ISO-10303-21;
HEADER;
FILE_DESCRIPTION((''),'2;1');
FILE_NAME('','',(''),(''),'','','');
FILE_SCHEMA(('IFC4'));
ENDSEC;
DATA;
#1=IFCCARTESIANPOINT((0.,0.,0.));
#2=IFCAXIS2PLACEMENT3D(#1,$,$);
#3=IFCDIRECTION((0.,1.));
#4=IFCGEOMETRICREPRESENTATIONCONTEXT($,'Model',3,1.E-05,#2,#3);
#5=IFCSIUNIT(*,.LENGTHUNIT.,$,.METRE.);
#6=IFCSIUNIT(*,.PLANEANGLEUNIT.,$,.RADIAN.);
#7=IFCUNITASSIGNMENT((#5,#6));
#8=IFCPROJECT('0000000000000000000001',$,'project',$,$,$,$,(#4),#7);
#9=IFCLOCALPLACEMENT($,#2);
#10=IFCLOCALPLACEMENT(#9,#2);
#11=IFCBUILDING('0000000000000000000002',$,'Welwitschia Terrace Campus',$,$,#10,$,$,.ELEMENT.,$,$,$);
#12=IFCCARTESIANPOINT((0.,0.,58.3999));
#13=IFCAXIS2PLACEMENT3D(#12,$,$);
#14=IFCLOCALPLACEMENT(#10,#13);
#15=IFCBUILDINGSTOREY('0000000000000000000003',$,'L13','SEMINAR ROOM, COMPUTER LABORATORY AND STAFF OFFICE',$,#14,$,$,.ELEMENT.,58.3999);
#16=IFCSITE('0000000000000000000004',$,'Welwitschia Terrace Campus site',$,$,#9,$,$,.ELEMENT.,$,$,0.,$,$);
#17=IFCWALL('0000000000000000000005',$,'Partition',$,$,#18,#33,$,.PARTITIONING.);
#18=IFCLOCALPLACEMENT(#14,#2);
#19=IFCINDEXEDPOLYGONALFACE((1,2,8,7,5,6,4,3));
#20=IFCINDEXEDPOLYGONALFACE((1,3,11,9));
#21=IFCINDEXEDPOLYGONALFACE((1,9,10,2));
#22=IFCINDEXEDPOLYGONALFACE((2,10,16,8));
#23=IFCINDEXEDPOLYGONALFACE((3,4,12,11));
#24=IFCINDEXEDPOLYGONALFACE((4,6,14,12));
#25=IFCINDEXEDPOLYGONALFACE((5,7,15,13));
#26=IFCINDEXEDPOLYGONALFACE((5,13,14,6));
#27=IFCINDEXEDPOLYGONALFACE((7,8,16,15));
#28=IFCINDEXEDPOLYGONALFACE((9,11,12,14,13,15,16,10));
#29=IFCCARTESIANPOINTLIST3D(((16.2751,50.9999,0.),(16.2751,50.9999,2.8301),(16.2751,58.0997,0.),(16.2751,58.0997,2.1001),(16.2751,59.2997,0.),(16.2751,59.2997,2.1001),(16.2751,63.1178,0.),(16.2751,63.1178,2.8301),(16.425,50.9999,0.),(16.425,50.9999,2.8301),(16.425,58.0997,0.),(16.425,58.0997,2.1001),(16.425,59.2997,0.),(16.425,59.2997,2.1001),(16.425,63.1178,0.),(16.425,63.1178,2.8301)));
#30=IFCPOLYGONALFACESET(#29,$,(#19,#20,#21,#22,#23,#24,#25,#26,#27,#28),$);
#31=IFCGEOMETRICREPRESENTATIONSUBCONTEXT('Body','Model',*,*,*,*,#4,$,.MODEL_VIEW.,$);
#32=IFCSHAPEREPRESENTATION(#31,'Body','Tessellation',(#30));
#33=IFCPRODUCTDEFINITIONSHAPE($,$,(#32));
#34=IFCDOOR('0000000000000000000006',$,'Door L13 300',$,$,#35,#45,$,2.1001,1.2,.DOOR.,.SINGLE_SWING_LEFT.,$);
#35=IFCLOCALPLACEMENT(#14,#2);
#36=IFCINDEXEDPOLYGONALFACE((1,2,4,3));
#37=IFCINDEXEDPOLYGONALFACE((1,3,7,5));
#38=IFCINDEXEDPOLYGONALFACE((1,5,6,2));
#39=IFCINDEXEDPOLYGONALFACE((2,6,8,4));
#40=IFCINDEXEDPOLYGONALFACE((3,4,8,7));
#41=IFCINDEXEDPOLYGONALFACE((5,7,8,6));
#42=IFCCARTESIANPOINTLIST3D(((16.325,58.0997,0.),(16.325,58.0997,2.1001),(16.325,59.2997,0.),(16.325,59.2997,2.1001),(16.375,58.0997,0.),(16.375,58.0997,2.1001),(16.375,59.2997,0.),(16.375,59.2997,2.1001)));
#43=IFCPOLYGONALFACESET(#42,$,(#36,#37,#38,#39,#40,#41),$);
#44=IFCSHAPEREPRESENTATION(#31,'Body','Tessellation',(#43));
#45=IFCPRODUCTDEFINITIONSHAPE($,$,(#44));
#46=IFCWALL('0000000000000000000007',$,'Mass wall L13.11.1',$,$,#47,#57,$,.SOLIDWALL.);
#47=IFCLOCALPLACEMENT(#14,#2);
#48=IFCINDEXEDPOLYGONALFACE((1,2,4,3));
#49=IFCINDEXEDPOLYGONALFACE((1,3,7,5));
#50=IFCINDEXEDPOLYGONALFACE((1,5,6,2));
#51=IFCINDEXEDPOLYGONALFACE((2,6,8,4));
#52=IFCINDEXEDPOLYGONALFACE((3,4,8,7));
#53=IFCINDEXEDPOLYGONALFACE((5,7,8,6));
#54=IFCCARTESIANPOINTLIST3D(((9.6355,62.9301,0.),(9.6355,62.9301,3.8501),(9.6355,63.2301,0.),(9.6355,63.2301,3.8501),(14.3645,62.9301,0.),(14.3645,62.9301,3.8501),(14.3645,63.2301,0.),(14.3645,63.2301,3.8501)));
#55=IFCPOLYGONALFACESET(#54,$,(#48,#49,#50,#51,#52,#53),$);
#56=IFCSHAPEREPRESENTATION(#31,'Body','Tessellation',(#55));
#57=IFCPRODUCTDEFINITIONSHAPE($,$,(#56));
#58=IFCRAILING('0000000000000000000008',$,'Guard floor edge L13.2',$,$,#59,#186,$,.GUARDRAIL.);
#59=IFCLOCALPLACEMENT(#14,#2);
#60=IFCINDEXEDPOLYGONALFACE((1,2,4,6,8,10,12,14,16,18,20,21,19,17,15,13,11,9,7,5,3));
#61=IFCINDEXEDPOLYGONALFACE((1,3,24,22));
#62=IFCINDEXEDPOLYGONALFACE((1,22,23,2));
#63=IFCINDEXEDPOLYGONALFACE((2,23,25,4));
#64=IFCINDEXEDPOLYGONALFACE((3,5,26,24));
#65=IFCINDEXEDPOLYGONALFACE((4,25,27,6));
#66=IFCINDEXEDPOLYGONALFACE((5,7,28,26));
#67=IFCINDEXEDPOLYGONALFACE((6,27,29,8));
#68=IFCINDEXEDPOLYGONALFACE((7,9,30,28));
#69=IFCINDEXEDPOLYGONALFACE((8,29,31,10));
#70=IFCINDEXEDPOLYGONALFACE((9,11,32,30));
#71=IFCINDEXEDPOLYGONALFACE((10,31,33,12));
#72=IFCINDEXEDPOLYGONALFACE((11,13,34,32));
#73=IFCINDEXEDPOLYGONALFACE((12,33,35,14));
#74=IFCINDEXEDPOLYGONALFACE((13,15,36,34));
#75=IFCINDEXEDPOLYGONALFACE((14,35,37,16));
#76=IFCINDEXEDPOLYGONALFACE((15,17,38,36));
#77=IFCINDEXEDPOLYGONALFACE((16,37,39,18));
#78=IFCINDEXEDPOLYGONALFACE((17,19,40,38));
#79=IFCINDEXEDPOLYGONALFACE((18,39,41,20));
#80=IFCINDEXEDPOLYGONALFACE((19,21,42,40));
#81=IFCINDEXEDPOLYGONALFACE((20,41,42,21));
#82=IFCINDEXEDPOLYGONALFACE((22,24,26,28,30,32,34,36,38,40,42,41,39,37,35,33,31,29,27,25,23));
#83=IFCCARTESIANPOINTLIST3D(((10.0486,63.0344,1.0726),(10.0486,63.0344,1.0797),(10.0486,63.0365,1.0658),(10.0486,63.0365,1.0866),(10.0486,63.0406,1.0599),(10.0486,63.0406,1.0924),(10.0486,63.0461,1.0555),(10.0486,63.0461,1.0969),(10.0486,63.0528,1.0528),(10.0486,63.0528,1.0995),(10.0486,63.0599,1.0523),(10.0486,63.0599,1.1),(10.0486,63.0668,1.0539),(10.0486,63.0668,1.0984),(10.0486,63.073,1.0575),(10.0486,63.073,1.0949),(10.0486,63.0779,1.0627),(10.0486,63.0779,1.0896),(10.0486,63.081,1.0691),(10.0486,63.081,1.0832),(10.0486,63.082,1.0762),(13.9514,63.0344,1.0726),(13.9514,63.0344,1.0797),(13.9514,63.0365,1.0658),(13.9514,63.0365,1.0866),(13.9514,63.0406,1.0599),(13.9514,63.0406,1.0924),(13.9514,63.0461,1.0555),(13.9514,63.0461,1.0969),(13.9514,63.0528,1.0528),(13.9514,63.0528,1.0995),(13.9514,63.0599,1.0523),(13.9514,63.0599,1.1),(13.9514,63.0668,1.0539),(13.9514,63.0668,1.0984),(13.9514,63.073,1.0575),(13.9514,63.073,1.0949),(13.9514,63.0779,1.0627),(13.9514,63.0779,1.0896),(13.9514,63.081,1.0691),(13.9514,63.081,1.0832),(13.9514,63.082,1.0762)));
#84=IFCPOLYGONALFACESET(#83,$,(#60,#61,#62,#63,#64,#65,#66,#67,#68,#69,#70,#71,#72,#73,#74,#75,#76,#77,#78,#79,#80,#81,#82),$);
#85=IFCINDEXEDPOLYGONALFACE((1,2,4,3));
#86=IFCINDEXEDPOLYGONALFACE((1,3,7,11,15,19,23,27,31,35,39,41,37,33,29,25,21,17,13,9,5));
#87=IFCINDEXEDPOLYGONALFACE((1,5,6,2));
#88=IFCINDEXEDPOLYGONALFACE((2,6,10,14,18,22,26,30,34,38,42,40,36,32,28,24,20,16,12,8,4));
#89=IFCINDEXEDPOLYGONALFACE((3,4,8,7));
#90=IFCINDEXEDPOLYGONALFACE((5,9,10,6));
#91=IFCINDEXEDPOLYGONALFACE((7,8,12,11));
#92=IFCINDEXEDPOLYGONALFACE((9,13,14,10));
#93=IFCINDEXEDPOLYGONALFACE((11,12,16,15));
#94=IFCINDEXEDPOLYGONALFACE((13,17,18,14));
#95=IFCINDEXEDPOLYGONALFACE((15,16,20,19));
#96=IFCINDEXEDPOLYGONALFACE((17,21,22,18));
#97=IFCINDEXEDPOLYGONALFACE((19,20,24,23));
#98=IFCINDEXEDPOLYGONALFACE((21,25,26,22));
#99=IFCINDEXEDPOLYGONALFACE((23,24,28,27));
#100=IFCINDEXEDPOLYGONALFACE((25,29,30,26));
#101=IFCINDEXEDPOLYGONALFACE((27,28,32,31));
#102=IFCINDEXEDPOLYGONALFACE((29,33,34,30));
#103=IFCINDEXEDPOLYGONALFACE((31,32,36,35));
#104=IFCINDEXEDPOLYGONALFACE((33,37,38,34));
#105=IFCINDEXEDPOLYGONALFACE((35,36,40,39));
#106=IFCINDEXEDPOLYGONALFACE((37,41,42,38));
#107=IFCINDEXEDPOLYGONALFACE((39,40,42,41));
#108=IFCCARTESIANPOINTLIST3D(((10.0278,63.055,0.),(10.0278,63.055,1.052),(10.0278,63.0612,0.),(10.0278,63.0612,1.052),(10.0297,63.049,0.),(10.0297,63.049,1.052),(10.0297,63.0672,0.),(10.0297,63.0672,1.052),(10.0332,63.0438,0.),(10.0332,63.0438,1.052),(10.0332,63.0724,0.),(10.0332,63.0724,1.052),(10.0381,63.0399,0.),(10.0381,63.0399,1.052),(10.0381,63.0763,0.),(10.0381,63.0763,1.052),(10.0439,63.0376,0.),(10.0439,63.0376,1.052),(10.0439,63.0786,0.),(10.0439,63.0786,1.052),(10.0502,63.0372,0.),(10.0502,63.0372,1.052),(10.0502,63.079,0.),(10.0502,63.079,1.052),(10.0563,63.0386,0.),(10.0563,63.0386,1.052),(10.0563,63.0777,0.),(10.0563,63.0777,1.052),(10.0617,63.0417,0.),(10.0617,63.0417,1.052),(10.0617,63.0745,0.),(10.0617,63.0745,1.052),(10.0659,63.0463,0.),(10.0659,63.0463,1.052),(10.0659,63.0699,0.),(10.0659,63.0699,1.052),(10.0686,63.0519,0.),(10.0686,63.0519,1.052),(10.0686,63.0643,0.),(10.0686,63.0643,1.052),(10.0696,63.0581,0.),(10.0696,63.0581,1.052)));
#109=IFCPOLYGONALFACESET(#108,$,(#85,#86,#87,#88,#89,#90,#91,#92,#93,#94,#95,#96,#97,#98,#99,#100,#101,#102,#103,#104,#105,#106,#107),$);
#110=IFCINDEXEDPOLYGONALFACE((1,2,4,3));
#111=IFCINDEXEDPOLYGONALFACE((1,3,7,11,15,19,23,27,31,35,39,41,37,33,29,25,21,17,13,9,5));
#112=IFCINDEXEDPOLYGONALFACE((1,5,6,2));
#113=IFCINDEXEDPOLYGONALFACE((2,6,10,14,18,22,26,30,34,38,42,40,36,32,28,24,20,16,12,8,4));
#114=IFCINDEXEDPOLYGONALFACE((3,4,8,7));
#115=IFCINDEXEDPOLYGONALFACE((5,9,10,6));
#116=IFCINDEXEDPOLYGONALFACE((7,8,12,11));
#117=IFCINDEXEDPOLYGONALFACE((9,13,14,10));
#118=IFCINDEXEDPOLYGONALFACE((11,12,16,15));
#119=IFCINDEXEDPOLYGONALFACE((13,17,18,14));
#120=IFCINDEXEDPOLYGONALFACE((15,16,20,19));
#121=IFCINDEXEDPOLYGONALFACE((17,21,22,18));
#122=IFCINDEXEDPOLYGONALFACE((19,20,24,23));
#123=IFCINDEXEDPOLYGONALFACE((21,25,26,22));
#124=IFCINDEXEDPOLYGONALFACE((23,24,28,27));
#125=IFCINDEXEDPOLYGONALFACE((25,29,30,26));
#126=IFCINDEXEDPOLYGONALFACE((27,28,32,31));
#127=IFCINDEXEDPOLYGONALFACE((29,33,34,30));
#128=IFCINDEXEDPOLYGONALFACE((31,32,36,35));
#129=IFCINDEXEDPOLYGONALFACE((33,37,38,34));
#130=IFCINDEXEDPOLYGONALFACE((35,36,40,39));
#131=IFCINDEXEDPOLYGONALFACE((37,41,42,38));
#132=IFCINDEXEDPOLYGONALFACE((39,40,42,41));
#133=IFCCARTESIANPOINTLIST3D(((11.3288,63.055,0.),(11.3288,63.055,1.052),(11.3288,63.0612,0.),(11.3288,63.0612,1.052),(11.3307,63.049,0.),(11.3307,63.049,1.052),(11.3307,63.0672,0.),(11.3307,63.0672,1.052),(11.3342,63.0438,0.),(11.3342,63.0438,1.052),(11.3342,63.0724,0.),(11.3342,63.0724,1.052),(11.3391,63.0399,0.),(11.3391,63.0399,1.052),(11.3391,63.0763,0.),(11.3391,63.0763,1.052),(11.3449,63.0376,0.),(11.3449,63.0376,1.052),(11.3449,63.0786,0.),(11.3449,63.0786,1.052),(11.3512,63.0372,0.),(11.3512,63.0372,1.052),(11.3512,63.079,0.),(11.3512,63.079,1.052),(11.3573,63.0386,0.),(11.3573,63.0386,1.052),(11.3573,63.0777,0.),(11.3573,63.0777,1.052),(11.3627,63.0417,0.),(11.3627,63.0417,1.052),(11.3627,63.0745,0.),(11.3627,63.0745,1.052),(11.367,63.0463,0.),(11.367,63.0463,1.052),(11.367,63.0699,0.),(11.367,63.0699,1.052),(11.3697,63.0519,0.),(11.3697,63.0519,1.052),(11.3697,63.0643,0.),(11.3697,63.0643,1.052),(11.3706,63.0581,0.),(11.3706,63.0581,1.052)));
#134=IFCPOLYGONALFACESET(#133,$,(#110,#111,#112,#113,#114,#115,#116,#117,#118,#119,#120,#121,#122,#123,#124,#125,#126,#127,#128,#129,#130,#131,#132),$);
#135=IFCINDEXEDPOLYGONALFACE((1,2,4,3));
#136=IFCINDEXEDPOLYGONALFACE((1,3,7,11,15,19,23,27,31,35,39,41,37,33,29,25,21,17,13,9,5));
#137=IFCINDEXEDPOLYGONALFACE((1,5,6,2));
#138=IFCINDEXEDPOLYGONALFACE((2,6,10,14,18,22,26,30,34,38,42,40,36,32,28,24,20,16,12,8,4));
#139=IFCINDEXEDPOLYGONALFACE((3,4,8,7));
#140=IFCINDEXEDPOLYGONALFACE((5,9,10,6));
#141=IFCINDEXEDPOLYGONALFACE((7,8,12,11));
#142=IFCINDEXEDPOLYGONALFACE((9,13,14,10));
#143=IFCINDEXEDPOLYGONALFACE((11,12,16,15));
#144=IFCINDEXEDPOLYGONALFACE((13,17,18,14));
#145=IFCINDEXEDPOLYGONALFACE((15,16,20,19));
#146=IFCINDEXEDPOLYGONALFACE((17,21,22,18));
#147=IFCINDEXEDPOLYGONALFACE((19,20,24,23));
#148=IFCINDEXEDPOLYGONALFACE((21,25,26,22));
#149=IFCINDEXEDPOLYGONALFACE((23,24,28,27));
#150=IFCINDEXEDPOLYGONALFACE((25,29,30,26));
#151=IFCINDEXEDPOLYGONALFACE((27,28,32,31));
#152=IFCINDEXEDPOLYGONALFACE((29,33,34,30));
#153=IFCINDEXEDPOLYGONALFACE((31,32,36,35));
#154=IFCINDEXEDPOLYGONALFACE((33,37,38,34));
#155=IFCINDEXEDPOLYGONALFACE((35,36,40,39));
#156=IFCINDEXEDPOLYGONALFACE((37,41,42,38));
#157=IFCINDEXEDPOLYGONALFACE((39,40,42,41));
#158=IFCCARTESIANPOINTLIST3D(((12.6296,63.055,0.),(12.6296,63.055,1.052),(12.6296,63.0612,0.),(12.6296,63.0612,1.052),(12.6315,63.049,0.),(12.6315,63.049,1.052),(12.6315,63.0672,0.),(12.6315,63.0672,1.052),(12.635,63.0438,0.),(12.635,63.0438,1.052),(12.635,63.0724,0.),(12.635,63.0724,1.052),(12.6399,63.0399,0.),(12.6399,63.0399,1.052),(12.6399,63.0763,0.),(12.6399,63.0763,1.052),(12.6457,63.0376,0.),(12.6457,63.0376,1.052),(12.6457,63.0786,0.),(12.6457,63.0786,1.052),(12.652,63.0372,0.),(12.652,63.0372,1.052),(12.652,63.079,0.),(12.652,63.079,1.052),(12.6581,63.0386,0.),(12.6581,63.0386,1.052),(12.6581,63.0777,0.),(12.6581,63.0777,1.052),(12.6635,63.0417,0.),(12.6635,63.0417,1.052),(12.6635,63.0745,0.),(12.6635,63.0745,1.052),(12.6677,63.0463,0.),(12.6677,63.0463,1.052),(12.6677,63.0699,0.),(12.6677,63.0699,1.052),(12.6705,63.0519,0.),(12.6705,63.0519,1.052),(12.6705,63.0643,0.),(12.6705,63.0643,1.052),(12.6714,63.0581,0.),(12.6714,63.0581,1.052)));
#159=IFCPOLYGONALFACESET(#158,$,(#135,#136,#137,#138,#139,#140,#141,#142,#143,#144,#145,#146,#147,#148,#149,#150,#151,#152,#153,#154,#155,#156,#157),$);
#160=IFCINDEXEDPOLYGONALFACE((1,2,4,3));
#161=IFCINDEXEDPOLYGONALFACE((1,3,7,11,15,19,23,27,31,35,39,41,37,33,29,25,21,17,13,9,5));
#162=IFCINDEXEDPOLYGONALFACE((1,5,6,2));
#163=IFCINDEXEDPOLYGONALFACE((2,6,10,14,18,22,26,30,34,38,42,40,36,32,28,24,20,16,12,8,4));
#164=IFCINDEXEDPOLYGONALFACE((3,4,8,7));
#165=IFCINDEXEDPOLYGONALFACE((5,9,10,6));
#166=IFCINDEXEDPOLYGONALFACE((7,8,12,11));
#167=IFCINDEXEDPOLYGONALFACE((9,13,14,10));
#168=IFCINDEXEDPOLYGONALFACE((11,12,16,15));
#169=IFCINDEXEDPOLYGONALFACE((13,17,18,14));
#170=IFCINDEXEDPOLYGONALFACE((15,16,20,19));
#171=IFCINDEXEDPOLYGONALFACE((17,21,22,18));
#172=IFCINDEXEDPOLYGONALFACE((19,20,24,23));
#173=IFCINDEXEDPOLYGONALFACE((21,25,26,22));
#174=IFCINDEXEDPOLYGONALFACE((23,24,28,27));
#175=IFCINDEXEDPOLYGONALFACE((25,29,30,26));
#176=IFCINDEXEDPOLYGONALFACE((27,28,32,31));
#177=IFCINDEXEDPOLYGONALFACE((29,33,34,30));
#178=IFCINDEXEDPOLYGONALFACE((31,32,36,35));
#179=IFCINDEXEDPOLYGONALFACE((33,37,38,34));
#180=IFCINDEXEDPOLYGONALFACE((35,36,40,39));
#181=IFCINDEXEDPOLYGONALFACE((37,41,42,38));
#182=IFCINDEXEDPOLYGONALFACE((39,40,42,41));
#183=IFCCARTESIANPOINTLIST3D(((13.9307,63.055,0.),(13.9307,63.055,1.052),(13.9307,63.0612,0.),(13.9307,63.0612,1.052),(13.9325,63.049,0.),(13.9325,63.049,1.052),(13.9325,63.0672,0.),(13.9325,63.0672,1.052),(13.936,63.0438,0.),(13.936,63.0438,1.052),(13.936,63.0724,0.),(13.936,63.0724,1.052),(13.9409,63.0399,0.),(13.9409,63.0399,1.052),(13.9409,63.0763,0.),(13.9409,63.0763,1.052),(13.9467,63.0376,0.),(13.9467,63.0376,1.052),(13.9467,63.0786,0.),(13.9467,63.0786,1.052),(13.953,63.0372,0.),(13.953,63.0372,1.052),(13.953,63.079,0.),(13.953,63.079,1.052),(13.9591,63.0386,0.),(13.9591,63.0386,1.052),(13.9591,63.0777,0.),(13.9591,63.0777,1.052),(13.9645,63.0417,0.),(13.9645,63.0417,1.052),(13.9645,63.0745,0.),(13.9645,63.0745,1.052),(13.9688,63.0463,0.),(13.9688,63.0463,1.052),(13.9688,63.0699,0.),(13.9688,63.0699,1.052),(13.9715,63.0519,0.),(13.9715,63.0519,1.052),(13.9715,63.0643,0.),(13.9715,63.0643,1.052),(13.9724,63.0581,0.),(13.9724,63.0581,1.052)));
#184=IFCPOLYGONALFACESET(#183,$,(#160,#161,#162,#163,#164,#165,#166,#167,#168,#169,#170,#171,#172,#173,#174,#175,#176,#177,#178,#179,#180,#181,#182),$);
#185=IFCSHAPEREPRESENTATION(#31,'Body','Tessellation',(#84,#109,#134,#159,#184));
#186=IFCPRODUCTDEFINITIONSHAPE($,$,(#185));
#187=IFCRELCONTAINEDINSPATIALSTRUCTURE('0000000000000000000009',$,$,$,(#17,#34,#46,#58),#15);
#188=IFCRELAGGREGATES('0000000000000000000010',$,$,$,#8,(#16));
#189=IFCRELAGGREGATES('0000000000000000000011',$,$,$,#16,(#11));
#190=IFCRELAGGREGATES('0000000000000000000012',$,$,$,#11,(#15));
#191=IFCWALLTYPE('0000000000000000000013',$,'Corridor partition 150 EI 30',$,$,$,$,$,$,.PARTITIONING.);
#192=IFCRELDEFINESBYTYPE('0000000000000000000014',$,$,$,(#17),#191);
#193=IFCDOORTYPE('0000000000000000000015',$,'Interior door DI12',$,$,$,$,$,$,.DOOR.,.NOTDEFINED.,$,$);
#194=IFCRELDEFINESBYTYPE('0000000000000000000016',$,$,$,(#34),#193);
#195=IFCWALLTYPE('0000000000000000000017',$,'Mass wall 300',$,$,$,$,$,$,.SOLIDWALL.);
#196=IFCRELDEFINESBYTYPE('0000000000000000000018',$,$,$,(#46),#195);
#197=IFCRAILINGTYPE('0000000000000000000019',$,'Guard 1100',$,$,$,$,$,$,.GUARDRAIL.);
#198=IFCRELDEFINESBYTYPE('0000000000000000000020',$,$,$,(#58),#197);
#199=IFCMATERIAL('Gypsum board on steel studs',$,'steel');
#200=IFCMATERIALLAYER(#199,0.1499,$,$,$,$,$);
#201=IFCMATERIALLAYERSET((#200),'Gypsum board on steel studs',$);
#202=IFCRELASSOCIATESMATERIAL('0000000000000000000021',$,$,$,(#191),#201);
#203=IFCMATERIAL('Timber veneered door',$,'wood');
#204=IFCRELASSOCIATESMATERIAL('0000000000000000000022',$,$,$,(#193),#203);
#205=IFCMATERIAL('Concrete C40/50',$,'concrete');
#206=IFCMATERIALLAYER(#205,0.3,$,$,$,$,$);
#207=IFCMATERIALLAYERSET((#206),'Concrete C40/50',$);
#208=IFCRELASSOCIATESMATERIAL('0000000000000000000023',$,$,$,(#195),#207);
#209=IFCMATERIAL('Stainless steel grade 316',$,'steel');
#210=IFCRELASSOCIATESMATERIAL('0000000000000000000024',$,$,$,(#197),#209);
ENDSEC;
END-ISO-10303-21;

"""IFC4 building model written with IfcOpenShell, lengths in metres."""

from ifc_helpers import new_model, si_unit, direction, frame, frame_2d, origin, origin_2d, place, context, subcontext, project, spatial, rectangle, circle, extrude, material, layer, layer_set, type_object, element, fill, save


model = new_model("IFC4")

# Units and contexts
model_context = context("Model", 3, precision=1e-05, world=origin(), true_north=direction((0.0, 1.0)))
body_context = subcontext(model_context, "Body", "Model", "MODEL_VIEW")
ifc_project = project(units=[si_unit("LENGTHUNIT", "METRE"), si_unit("PLANEANGLEUNIT", "RADIAN")], contexts=[model_context])

# Site, building, storey
site_placement = place(None, origin())
site = spatial("IfcSite", under=ifc_project, at=site_placement, Name="Welwitschia Terrace Campus site", CompositionType="ELEMENT", RefElevation=0.0)
building_placement = place(site_placement, origin())
building = spatial("IfcBuilding", under=site, at=building_placement, Name="Welwitschia Terrace Campus", CompositionType="ELEMENT")
storey_placement = place(building_placement, frame((0.0, 0.0, 58.3999)))
storey = spatial("IfcBuildingStorey", under=building, at=storey_placement, Name="L13", Description="SEMINAR ROOM, COMPUTER LABORATORY AND STAFF OFFICE", CompositionType="ELEMENT", Elevation=58.3999)

# Shared definitions
ifc_material_1 = material(Name="Gypsum board on steel studs", Category="steel")
ifc_layer_1 = layer(ifc_material_1, 0.1499)
ifc_layer_set_1 = layer_set([ifc_layer_1], Name="Gypsum board on steel studs")
wall_type_1 = type_object("IfcWallType", Name="Corridor partition 150 EI 30", PredefinedType="PARTITIONING", material=ifc_layer_set_1)
ifc_material_2 = material(Name="Timber veneered door", Category="wood")
door_type_1 = type_object("IfcDoorType", Name="Interior door DI12", OperationType="NOTDEFINED", PredefinedType="DOOR", material=ifc_material_2)

# Wall, opening, door
wall_1_placement = place(storey_placement, frame((16.3501, 63.1179, 0.0), z_axis=(0.0, 0.0, 1.0), x_axis=(0.0, -1.0, 0.0)))
wall_1 = element("IfcWall", 1, at=wall_1_placement, inside=storey, type_object=wall_type_1, Name="Partition", PredefinedType="PARTITIONING", context=body_context, shape_type="SweptSolid", body=[
    extrude(rectangle(XDim=12.1179, YDim=0.1499, at=frame_2d((6.0591, 0.0))), origin(), (0.0, 0.0, 1.0), 2.8301),
])
opening_1_placement = place(wall_1_placement, frame((3.8181, 0.0, 0.0)))
opening_1 = element("IfcOpeningElement", 2, at=opening_1_placement, cuts=wall_1, PredefinedType="OPENING", context=body_context, shape_type="SweptSolid", body=[
    extrude(rectangle(XDim=1.2, YDim=2.1001, at=frame_2d((0.6001, 1.05))), frame((0.0, 0.085, 0.0), z_axis=(0.0, -1.0, 0.0), x_axis=(1.0, 0.0, 0.0)), (0.0, 0.0, 1.0), 0.1699),
])
door_1_placement = place(opening_1_placement, origin())
door_1 = element("IfcDoor", 3, at=door_1_placement, inside=storey, type_object=door_type_1, Name="Door L13 300", OperationType="SINGLE_SWING_LEFT", OverallHeight=2.1001, OverallWidth=1.2, PredefinedType="DOOR", context=body_context, shape_type="SweptSolid", body=[
    extrude(rectangle(XDim=1.2, YDim=2.1001, at=frame_2d((0.6001, 1.05))), frame((0.0, 0.0249, 0.0), z_axis=(0.0, -1.0, 0.0), x_axis=(1.0, 0.0, 0.0)), (0.0, 0.0, 1.0), 0.05),
])
fill(opening_1, door_1)

# Wall
ifc_material_3 = material(Name="Concrete C40/50", Category="concrete")
ifc_layer_2 = layer(ifc_material_3, 0.3)
ifc_layer_set_2 = layer_set([ifc_layer_2], Name="Concrete C40/50")
wall_type_2 = type_object("IfcWallType", Name="Mass wall 300", PredefinedType="SOLIDWALL", material=ifc_layer_set_2)
wall_2_placement = place(storey_placement, frame((14.3645, 63.0801, 0.0), z_axis=(0.0, 0.0, 1.0), x_axis=(-1.0, 0.0, 0.0)))
element("IfcWall", 4, at=wall_2_placement, inside=storey, type_object=wall_type_2, Name="Mass wall L13.11.1", PredefinedType="SOLIDWALL", context=body_context, shape_type="SweptSolid", body=[
    extrude(rectangle(XDim=4.729, YDim=0.3, at=frame_2d((2.3645, 0.0))), origin(), (0.0, 0.0, 1.0), 3.8501),
])

# Railing
ifc_material_4 = material(Name="Stainless steel grade 316", Category="steel")
railing_type = type_object("IfcRailingType", Name="Guard 1100", PredefinedType="GUARDRAIL", material=ifc_material_4)
railing_1_placement = place(storey_placement, frame((10.0486, 63.0581, 0.0)))
element("IfcRailing", 5, at=railing_1_placement, inside=storey, type_object=railing_type, Name="Guard floor edge L13.2", PredefinedType="GUARDRAIL", context=body_context, shape_type="SweptSolid", body=[
    extrude(circle(Radius=0.0239, at=origin_2d()), frame((0.0, 0.0, 1.0762), z_axis=(1.0, 0.0, 0.0), x_axis=(0.0, 1.0, 0.0)), (0.0, 0.0, 1.0), 3.9028),
    extrude(circle(Radius=0.021, at=origin_2d()), origin(), (0.0, 0.0, 1.0), 1.052),
    extrude(circle(Radius=0.021, at=origin_2d()), frame((1.301, 0.0, 0.0)), (0.0, 0.0, 1.0), 1.052),
    extrude(circle(Radius=0.021, at=origin_2d()), frame((2.6018, 0.0, 0.0)), (0.0, 0.0, 1.0), 1.052),
    extrude(circle(Radius=0.021, at=origin_2d()), frame((3.9028, 0.0, 0.0)), (0.0, 0.0, 1.0), 1.052),
])

save(model, "model.ifc")
